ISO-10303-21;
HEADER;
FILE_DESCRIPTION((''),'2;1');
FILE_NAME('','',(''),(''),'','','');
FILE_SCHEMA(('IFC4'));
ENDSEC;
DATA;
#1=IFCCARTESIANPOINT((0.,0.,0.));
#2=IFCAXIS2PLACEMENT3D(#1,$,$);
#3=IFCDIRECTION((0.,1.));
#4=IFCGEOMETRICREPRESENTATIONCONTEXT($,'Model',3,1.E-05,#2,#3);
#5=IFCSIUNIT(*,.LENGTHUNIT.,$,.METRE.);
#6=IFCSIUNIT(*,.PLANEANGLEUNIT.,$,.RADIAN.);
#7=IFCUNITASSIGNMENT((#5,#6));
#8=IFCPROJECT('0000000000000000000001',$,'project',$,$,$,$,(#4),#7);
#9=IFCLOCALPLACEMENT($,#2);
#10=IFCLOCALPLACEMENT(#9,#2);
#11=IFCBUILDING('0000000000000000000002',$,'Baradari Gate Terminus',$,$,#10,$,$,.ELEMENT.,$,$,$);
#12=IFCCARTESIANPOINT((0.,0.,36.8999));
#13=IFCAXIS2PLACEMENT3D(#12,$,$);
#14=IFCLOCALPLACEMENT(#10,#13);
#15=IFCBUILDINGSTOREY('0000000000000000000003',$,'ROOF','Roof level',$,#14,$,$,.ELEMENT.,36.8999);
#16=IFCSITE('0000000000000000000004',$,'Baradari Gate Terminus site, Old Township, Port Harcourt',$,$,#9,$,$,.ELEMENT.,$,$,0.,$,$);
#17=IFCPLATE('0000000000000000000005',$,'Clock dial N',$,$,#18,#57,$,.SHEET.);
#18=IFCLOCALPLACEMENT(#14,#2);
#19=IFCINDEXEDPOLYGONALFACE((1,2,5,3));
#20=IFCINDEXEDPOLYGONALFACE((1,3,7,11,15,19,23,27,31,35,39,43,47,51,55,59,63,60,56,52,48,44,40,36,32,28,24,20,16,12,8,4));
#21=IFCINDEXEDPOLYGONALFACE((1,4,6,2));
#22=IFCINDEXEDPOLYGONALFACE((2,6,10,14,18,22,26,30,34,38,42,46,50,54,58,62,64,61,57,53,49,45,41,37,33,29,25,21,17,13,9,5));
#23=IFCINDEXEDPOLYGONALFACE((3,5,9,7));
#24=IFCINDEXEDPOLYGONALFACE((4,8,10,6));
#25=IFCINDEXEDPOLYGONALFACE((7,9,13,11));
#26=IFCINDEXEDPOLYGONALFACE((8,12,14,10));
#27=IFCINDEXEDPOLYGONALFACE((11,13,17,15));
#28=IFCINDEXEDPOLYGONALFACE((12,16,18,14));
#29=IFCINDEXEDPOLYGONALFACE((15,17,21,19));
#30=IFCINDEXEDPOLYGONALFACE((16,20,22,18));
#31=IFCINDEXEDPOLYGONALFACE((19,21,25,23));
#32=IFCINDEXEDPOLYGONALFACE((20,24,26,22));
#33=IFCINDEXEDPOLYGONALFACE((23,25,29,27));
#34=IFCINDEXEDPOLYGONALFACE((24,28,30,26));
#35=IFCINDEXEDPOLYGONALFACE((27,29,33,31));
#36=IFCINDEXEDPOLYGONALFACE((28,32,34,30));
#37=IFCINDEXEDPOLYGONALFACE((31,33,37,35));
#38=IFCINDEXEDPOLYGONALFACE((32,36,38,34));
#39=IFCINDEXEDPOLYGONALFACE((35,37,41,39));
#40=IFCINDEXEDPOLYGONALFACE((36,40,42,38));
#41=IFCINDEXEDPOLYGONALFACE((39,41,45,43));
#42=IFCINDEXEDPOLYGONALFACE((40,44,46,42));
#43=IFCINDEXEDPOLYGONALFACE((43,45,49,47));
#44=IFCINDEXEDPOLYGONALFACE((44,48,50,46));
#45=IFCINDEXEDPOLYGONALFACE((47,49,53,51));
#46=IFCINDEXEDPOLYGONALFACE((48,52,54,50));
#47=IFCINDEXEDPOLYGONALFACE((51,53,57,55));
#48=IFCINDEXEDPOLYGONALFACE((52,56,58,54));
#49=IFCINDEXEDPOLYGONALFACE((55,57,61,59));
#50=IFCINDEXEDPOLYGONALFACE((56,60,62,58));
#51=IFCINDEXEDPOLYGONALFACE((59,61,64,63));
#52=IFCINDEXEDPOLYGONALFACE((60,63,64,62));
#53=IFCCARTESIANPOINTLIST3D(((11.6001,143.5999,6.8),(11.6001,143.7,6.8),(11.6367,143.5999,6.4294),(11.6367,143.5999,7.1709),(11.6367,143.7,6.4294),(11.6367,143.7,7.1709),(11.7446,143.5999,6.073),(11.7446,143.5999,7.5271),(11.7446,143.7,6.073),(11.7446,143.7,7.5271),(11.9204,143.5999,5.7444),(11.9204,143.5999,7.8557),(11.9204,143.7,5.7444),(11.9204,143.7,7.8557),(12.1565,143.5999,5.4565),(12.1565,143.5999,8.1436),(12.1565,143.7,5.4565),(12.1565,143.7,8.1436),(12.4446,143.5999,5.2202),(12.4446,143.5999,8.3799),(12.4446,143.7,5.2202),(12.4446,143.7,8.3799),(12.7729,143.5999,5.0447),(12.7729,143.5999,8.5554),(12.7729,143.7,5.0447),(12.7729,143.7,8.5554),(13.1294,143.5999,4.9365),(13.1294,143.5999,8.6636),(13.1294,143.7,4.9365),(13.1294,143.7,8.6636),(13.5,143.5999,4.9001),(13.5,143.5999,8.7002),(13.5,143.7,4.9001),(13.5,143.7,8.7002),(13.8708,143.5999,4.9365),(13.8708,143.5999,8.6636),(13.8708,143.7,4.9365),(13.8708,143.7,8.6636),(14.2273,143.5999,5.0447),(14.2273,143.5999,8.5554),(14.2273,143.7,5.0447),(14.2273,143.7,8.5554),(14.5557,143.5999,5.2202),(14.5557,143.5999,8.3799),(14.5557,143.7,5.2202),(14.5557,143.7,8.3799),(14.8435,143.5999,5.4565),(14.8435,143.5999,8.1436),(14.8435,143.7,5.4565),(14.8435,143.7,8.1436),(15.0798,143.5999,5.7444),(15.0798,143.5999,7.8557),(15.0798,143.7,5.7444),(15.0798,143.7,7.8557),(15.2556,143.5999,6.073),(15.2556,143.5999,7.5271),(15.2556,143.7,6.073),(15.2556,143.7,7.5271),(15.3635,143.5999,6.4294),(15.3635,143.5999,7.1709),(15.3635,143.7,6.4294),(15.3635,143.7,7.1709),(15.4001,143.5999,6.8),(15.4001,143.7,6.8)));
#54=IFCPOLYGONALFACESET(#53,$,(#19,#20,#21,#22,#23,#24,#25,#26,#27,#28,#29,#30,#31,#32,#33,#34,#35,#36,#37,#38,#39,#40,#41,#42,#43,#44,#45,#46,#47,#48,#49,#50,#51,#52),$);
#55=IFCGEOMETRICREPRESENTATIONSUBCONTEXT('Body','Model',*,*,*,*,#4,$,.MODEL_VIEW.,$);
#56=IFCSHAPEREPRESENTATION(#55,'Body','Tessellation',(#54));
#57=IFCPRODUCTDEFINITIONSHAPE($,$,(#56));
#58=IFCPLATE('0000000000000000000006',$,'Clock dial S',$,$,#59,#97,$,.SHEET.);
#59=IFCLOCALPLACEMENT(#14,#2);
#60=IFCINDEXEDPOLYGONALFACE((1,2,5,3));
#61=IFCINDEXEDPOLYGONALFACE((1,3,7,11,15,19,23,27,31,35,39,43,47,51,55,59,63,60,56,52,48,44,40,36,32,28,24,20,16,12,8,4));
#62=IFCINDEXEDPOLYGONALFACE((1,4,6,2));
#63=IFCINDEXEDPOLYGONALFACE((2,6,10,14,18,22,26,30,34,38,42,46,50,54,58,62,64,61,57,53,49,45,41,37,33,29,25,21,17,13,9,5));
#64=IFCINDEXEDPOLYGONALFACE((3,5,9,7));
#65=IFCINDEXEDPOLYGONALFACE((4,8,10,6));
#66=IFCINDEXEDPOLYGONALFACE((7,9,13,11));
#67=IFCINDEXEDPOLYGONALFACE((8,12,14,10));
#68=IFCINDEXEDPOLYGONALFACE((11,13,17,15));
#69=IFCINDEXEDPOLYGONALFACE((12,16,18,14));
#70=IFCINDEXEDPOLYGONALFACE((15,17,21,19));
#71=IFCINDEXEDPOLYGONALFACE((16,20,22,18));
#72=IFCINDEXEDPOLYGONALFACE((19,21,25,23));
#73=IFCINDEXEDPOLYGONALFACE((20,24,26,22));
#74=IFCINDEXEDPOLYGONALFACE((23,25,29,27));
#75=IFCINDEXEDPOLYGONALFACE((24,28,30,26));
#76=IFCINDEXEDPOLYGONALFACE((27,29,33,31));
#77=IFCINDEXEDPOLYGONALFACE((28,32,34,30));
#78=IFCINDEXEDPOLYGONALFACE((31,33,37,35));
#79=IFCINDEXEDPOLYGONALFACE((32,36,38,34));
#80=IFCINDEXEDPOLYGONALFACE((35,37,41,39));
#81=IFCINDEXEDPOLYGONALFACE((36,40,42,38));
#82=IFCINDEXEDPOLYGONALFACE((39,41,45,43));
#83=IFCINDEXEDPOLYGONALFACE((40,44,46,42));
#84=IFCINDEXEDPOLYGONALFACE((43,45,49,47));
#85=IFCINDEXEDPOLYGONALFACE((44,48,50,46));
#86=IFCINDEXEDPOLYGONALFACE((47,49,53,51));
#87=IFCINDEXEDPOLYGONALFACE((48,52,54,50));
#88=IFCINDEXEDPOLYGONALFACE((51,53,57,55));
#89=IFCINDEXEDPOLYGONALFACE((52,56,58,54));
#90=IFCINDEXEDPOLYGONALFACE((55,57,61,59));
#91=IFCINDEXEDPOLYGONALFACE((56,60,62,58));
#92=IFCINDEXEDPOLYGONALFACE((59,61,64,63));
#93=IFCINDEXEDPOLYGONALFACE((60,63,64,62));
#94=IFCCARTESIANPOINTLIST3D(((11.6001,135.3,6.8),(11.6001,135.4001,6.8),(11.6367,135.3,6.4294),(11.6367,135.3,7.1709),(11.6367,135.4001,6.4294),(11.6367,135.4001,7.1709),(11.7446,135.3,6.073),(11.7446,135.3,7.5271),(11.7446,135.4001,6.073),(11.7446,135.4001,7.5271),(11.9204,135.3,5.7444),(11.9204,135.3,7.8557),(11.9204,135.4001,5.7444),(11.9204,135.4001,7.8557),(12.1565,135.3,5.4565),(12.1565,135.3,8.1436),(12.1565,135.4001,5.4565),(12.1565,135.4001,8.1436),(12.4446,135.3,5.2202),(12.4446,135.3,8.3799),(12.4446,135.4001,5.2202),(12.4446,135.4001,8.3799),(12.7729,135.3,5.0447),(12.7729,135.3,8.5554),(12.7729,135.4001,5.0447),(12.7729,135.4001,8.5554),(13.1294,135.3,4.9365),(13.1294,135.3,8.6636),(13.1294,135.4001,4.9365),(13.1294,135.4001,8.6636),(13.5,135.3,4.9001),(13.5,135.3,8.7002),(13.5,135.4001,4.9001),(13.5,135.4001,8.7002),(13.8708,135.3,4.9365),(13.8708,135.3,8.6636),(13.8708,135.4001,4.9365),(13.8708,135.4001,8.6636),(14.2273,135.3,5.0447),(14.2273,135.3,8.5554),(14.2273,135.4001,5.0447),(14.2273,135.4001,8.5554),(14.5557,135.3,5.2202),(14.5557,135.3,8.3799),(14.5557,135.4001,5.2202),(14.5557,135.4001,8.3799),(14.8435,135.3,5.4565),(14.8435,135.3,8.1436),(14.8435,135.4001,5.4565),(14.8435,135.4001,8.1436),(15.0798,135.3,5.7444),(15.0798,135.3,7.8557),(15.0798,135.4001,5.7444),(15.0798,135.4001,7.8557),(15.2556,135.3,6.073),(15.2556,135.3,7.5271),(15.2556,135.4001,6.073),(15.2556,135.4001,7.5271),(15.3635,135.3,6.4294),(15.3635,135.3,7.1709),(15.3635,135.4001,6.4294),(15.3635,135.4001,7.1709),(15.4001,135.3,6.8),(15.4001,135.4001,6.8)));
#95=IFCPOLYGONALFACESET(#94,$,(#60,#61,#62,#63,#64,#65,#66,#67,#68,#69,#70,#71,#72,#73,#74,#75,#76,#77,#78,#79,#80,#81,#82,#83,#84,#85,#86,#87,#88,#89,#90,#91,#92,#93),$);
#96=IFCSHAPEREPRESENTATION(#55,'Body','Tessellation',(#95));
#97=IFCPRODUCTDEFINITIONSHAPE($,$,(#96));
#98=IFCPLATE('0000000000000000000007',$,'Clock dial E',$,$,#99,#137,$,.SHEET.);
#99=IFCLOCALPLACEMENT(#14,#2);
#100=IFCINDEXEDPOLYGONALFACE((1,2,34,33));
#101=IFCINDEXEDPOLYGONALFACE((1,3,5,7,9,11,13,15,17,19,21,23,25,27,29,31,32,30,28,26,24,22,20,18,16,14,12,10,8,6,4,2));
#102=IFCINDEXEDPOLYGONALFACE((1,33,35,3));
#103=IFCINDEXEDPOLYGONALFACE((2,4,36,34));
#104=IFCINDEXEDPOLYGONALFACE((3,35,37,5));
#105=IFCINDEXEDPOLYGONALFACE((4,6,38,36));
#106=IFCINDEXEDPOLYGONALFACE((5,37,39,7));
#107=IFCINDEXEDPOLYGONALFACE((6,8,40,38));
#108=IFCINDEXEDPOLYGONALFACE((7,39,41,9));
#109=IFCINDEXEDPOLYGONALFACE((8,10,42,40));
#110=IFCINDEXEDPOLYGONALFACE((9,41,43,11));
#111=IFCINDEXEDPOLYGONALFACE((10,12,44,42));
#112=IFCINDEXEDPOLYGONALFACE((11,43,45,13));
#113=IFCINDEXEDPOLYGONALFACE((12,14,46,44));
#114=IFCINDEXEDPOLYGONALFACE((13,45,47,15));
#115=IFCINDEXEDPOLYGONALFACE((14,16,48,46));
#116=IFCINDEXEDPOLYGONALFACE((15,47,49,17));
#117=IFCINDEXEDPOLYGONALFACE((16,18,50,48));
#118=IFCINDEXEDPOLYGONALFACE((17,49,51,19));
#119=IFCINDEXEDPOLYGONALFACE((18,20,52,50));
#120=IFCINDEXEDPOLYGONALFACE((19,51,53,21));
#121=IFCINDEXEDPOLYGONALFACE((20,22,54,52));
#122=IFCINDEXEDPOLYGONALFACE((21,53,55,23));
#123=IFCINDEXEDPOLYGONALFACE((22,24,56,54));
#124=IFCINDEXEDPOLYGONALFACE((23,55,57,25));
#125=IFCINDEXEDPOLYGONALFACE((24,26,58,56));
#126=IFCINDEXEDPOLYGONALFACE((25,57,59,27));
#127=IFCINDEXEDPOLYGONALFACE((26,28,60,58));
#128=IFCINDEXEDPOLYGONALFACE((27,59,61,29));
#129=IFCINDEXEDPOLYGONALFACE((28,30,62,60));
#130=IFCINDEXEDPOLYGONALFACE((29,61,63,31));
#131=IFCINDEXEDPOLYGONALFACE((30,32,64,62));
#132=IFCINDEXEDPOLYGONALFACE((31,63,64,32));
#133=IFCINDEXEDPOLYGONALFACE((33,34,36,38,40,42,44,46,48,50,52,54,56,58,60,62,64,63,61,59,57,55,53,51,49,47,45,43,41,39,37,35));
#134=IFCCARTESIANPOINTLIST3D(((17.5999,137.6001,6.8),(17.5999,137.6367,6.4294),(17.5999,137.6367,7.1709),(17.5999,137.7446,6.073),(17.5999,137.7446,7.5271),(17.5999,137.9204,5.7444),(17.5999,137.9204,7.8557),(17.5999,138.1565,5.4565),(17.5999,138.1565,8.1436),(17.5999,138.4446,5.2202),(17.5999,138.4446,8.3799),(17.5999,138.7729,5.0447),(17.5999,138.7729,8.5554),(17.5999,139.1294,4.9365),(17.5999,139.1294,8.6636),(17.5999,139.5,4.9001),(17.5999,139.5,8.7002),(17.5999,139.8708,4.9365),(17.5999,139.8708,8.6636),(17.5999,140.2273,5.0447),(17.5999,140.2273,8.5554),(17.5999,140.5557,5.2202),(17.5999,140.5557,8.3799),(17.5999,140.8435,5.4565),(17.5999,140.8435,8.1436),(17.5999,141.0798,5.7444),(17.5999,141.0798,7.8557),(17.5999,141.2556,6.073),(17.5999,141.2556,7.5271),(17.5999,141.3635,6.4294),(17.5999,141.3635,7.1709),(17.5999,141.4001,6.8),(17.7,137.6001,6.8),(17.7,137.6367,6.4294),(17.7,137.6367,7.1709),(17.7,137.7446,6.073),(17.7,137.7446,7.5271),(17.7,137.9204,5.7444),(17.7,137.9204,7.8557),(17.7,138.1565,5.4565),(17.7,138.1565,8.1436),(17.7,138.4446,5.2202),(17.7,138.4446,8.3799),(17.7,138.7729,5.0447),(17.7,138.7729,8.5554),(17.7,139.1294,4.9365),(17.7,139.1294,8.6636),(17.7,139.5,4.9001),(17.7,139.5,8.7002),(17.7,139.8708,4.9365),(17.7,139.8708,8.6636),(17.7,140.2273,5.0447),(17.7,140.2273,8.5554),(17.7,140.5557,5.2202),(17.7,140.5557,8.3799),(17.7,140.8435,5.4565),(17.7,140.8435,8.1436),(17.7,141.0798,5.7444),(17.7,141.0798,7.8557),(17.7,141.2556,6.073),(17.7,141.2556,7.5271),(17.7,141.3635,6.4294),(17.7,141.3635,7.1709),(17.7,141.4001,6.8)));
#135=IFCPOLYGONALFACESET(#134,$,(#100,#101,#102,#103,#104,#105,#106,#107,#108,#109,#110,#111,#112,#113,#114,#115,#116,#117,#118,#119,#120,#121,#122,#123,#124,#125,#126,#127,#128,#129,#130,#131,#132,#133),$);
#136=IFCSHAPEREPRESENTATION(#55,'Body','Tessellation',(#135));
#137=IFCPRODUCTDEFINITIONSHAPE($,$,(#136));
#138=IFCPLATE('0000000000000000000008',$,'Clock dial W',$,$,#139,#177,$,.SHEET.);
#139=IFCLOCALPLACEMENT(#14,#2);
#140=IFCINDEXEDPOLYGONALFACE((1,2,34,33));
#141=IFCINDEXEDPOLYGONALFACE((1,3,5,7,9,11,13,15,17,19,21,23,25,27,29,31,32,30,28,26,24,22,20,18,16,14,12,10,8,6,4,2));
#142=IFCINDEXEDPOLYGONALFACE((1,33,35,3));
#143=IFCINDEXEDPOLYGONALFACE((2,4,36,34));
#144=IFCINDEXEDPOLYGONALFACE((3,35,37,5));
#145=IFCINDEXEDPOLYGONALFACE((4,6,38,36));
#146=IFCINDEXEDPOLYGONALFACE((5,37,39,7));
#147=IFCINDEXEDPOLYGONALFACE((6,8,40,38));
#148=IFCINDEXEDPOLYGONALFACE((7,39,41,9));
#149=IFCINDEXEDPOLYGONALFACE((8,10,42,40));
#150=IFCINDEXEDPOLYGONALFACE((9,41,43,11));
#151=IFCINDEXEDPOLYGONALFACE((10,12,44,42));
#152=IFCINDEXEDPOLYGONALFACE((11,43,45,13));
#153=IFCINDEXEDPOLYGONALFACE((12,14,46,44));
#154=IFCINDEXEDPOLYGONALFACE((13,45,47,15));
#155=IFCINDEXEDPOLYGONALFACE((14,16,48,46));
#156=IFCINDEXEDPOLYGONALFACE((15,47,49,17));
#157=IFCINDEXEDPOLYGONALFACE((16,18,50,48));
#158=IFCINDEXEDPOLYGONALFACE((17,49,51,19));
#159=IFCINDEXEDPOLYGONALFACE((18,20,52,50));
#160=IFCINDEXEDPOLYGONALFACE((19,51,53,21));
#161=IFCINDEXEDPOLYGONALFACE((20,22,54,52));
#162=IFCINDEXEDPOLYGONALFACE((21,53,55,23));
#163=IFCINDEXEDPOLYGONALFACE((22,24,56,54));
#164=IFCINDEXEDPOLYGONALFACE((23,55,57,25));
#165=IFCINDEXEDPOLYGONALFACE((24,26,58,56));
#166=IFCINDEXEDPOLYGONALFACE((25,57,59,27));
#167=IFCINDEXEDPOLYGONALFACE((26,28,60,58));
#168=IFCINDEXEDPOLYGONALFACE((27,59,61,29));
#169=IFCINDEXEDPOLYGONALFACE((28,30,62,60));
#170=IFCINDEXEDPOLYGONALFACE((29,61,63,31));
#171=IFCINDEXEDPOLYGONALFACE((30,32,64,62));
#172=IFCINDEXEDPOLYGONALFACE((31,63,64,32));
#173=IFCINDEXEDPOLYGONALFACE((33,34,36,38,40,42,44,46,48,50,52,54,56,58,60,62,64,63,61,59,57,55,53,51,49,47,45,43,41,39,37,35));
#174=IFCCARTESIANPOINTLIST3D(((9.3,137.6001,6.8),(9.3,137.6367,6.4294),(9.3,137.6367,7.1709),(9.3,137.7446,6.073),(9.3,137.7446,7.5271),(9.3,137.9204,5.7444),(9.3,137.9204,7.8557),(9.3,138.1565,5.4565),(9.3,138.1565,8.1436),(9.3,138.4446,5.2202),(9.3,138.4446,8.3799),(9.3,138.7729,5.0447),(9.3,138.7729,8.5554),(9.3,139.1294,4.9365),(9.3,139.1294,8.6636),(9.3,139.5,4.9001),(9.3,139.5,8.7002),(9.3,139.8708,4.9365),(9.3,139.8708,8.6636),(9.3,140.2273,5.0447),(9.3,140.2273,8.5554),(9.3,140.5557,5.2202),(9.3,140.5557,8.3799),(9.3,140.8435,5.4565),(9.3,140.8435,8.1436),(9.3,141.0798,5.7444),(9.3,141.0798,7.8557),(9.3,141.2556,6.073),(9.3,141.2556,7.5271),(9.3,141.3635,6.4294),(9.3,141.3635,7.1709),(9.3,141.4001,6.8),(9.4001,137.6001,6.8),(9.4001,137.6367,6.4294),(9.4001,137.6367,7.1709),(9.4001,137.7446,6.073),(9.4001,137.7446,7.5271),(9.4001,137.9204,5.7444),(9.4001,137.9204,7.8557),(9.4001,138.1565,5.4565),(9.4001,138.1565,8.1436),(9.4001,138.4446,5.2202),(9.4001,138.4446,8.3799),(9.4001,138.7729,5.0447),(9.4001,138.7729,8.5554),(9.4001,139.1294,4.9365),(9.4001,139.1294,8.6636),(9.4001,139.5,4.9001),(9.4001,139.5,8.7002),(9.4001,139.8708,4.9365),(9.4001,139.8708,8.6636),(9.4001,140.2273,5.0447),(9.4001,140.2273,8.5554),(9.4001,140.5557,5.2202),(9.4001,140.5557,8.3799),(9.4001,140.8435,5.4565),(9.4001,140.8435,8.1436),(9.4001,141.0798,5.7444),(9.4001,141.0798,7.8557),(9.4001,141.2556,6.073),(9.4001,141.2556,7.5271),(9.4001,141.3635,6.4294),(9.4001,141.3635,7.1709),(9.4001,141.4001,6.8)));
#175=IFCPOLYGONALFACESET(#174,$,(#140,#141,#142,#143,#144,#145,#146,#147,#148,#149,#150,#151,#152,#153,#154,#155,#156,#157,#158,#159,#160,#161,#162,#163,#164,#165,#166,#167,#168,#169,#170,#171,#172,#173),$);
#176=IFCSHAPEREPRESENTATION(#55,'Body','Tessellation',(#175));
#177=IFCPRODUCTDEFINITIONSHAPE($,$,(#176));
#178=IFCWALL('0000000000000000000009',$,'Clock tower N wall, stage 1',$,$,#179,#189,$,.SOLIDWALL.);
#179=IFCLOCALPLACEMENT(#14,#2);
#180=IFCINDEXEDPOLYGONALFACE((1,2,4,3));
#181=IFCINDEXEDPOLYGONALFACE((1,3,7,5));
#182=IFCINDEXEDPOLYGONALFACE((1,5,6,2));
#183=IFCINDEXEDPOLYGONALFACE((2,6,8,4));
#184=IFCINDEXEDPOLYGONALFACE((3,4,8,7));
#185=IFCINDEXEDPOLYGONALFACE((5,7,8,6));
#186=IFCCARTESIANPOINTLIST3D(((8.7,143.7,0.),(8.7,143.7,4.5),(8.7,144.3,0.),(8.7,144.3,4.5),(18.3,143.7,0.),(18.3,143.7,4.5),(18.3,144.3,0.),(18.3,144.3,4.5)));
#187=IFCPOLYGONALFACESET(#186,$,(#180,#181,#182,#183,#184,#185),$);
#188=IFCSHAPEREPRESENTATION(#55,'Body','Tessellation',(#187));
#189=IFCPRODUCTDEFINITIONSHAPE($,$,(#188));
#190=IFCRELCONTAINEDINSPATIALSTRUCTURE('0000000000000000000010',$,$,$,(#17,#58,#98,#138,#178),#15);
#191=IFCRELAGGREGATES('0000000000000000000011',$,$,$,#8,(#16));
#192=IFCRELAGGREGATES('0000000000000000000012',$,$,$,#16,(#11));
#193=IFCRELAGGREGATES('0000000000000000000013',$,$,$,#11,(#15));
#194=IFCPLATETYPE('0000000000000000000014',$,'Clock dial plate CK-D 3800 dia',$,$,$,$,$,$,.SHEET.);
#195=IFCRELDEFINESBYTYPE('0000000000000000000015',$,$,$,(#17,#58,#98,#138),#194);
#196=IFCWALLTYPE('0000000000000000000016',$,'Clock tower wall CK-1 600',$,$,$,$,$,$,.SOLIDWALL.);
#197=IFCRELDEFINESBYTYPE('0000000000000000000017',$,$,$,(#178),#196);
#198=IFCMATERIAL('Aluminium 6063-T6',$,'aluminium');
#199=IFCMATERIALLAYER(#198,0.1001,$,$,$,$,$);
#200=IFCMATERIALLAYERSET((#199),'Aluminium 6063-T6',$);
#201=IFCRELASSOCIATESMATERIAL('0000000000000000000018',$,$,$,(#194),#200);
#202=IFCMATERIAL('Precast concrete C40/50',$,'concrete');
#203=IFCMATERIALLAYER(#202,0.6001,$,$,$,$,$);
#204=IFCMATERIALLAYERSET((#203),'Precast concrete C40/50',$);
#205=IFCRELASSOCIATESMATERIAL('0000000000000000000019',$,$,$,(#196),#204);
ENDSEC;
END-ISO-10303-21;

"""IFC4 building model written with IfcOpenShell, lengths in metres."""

from ifc_helpers import new_model, si_unit, direction, frame, origin, place, context, subcontext, project, spatial, polyline, outline, extrude, material, layer, layer_set, type_object, element, save


model = new_model("IFC4")

# Units and contexts
model_context = context("Model", 3, precision=1e-05, world=origin(), true_north=direction((0.0, 1.0)))
body_context = subcontext(model_context, "Body", "Model", "MODEL_VIEW")
ifc_project = project(units=[si_unit("LENGTHUNIT", "METRE"), si_unit("PLANEANGLEUNIT", "RADIAN")], contexts=[model_context])

# Site, building, storey
site_placement = place(None, origin())
site = spatial("IfcSite", under=ifc_project, at=site_placement, Name="Baradari Gate Terminus site, Old Township, Port Harcourt", CompositionType="ELEMENT", RefElevation=0.0)
building_placement = place(site_placement, origin())
building = spatial("IfcBuilding", under=site, at=building_placement, Name="Baradari Gate Terminus", CompositionType="ELEMENT")
storey_placement = place(building_placement, frame((0.0, 0.0, 36.8999)))
storey = spatial("IfcBuildingStorey", under=building, at=storey_placement, Name="ROOF", Description="Roof level", CompositionType="ELEMENT", Elevation=36.8999)

# Plates
ifc_material_1 = material(Name="Aluminium 6063-T6", Category="aluminium")
ifc_layer_1 = layer(ifc_material_1, 0.1001)
ifc_layer_set_1 = layer_set([ifc_layer_1], Name="Aluminium 6063-T6")
plate_type = type_object("IfcPlateType", Name="Clock dial plate CK-D 3800 dia", PredefinedType="SHEET", material=ifc_layer_set_1)
for number, where, z_axis, x_axis, name in (
    (1, (11.6001, 143.6499, 4.9001), (0.0, 0.0, 1.0), (1.0, 0.0, 0.0), "Clock dial N"),
    (2, (11.6001, 135.3501, 4.9001), (0.0, 0.0, 1.0), (1.0, 0.0, 0.0), "Clock dial S"),
    (3, (17.6499, 137.6001, 4.9001), (0.0, 0.0, 1.0), (0.0, 1.0, 0.0), "Clock dial E"),
    (4, (9.3501, 137.6001, 4.9001), (0.0, 0.0, 1.0), (0.0, 1.0, 0.0), "Clock dial W"),
):
    element("IfcPlate", number, at=place(storey_placement, frame(where, z_axis=z_axis, x_axis=x_axis)), inside=storey, type_object=plate_type, Name=name, PredefinedType="SHEET", context=body_context, shape_type="SweptSolid", body=[
        extrude(outline(polyline([(3.8, 1.8999), (3.7634, 2.2708), (3.6555, 2.627), (3.4797, 2.9556), (3.2434, 3.2434), (2.9556, 3.4797), (2.6272, 3.6553), (2.2708, 3.7634), (1.8999, 3.8), (1.5293, 3.7634), (1.1729, 3.6553), (0.8445, 3.4797), (0.5564, 3.2434), (0.3203, 2.9556), (0.1445, 2.627), (0.0366, 2.2708), (0.0, 1.8999), (0.0366, 1.5293), (0.1445, 1.1729), (0.3203, 0.8442), (0.5564, 0.5564), (0.8445, 0.3201), (1.1729, 0.1445), (1.5293, 0.0364), (1.8999, 0.0), (2.2708, 0.0364), (2.6272, 0.1445), (2.9556, 0.3201), (3.2434, 0.5564), (3.4797, 0.8442), (3.6555, 1.1729), (3.7634, 1.5293), (3.8, 1.8999)])), frame((0.0, 0.05, 0.0), z_axis=(0.0, -1.0, 0.0), x_axis=(1.0, 0.0, 0.0)), (0.0, 0.0, 1.0), 0.1001),
    ])

# Wall
ifc_material_2 = material(Name="Precast concrete C40/50", Category="concrete")
ifc_layer_2 = layer(ifc_material_2, 0.6001)
ifc_layer_set_2 = layer_set([ifc_layer_2], Name="Precast concrete C40/50")
wall_type_1 = type_object("IfcWallType", Name="Clock tower wall CK-1 600", PredefinedType="SOLIDWALL", material=ifc_layer_set_2)
wall_1_placement = place(storey_placement, frame((8.7, 144.0, 0.0), z_axis=(0.0, 0.0, 1.0), x_axis=(1.0, 0.0, 0.0)))
element("IfcWall", 5, at=wall_1_placement, inside=storey, type_object=wall_type_1, Name="Clock tower N wall, stage 1", PredefinedType="SOLIDWALL", context=body_context, shape_type="SweptSolid", body=[
    extrude(outline(polyline([(9.6001, 0.0), (9.6001, 4.5), (0.0, 4.5), (0.0, 0.0), (9.6001, 0.0)])), frame((0.0, 0.3, 0.0), z_axis=(0.0, -1.0, 0.0), x_axis=(1.0, 0.0, 0.0)), (0.0, 0.0, 1.0), 0.6001),
])

save(model, "model.ifc")
